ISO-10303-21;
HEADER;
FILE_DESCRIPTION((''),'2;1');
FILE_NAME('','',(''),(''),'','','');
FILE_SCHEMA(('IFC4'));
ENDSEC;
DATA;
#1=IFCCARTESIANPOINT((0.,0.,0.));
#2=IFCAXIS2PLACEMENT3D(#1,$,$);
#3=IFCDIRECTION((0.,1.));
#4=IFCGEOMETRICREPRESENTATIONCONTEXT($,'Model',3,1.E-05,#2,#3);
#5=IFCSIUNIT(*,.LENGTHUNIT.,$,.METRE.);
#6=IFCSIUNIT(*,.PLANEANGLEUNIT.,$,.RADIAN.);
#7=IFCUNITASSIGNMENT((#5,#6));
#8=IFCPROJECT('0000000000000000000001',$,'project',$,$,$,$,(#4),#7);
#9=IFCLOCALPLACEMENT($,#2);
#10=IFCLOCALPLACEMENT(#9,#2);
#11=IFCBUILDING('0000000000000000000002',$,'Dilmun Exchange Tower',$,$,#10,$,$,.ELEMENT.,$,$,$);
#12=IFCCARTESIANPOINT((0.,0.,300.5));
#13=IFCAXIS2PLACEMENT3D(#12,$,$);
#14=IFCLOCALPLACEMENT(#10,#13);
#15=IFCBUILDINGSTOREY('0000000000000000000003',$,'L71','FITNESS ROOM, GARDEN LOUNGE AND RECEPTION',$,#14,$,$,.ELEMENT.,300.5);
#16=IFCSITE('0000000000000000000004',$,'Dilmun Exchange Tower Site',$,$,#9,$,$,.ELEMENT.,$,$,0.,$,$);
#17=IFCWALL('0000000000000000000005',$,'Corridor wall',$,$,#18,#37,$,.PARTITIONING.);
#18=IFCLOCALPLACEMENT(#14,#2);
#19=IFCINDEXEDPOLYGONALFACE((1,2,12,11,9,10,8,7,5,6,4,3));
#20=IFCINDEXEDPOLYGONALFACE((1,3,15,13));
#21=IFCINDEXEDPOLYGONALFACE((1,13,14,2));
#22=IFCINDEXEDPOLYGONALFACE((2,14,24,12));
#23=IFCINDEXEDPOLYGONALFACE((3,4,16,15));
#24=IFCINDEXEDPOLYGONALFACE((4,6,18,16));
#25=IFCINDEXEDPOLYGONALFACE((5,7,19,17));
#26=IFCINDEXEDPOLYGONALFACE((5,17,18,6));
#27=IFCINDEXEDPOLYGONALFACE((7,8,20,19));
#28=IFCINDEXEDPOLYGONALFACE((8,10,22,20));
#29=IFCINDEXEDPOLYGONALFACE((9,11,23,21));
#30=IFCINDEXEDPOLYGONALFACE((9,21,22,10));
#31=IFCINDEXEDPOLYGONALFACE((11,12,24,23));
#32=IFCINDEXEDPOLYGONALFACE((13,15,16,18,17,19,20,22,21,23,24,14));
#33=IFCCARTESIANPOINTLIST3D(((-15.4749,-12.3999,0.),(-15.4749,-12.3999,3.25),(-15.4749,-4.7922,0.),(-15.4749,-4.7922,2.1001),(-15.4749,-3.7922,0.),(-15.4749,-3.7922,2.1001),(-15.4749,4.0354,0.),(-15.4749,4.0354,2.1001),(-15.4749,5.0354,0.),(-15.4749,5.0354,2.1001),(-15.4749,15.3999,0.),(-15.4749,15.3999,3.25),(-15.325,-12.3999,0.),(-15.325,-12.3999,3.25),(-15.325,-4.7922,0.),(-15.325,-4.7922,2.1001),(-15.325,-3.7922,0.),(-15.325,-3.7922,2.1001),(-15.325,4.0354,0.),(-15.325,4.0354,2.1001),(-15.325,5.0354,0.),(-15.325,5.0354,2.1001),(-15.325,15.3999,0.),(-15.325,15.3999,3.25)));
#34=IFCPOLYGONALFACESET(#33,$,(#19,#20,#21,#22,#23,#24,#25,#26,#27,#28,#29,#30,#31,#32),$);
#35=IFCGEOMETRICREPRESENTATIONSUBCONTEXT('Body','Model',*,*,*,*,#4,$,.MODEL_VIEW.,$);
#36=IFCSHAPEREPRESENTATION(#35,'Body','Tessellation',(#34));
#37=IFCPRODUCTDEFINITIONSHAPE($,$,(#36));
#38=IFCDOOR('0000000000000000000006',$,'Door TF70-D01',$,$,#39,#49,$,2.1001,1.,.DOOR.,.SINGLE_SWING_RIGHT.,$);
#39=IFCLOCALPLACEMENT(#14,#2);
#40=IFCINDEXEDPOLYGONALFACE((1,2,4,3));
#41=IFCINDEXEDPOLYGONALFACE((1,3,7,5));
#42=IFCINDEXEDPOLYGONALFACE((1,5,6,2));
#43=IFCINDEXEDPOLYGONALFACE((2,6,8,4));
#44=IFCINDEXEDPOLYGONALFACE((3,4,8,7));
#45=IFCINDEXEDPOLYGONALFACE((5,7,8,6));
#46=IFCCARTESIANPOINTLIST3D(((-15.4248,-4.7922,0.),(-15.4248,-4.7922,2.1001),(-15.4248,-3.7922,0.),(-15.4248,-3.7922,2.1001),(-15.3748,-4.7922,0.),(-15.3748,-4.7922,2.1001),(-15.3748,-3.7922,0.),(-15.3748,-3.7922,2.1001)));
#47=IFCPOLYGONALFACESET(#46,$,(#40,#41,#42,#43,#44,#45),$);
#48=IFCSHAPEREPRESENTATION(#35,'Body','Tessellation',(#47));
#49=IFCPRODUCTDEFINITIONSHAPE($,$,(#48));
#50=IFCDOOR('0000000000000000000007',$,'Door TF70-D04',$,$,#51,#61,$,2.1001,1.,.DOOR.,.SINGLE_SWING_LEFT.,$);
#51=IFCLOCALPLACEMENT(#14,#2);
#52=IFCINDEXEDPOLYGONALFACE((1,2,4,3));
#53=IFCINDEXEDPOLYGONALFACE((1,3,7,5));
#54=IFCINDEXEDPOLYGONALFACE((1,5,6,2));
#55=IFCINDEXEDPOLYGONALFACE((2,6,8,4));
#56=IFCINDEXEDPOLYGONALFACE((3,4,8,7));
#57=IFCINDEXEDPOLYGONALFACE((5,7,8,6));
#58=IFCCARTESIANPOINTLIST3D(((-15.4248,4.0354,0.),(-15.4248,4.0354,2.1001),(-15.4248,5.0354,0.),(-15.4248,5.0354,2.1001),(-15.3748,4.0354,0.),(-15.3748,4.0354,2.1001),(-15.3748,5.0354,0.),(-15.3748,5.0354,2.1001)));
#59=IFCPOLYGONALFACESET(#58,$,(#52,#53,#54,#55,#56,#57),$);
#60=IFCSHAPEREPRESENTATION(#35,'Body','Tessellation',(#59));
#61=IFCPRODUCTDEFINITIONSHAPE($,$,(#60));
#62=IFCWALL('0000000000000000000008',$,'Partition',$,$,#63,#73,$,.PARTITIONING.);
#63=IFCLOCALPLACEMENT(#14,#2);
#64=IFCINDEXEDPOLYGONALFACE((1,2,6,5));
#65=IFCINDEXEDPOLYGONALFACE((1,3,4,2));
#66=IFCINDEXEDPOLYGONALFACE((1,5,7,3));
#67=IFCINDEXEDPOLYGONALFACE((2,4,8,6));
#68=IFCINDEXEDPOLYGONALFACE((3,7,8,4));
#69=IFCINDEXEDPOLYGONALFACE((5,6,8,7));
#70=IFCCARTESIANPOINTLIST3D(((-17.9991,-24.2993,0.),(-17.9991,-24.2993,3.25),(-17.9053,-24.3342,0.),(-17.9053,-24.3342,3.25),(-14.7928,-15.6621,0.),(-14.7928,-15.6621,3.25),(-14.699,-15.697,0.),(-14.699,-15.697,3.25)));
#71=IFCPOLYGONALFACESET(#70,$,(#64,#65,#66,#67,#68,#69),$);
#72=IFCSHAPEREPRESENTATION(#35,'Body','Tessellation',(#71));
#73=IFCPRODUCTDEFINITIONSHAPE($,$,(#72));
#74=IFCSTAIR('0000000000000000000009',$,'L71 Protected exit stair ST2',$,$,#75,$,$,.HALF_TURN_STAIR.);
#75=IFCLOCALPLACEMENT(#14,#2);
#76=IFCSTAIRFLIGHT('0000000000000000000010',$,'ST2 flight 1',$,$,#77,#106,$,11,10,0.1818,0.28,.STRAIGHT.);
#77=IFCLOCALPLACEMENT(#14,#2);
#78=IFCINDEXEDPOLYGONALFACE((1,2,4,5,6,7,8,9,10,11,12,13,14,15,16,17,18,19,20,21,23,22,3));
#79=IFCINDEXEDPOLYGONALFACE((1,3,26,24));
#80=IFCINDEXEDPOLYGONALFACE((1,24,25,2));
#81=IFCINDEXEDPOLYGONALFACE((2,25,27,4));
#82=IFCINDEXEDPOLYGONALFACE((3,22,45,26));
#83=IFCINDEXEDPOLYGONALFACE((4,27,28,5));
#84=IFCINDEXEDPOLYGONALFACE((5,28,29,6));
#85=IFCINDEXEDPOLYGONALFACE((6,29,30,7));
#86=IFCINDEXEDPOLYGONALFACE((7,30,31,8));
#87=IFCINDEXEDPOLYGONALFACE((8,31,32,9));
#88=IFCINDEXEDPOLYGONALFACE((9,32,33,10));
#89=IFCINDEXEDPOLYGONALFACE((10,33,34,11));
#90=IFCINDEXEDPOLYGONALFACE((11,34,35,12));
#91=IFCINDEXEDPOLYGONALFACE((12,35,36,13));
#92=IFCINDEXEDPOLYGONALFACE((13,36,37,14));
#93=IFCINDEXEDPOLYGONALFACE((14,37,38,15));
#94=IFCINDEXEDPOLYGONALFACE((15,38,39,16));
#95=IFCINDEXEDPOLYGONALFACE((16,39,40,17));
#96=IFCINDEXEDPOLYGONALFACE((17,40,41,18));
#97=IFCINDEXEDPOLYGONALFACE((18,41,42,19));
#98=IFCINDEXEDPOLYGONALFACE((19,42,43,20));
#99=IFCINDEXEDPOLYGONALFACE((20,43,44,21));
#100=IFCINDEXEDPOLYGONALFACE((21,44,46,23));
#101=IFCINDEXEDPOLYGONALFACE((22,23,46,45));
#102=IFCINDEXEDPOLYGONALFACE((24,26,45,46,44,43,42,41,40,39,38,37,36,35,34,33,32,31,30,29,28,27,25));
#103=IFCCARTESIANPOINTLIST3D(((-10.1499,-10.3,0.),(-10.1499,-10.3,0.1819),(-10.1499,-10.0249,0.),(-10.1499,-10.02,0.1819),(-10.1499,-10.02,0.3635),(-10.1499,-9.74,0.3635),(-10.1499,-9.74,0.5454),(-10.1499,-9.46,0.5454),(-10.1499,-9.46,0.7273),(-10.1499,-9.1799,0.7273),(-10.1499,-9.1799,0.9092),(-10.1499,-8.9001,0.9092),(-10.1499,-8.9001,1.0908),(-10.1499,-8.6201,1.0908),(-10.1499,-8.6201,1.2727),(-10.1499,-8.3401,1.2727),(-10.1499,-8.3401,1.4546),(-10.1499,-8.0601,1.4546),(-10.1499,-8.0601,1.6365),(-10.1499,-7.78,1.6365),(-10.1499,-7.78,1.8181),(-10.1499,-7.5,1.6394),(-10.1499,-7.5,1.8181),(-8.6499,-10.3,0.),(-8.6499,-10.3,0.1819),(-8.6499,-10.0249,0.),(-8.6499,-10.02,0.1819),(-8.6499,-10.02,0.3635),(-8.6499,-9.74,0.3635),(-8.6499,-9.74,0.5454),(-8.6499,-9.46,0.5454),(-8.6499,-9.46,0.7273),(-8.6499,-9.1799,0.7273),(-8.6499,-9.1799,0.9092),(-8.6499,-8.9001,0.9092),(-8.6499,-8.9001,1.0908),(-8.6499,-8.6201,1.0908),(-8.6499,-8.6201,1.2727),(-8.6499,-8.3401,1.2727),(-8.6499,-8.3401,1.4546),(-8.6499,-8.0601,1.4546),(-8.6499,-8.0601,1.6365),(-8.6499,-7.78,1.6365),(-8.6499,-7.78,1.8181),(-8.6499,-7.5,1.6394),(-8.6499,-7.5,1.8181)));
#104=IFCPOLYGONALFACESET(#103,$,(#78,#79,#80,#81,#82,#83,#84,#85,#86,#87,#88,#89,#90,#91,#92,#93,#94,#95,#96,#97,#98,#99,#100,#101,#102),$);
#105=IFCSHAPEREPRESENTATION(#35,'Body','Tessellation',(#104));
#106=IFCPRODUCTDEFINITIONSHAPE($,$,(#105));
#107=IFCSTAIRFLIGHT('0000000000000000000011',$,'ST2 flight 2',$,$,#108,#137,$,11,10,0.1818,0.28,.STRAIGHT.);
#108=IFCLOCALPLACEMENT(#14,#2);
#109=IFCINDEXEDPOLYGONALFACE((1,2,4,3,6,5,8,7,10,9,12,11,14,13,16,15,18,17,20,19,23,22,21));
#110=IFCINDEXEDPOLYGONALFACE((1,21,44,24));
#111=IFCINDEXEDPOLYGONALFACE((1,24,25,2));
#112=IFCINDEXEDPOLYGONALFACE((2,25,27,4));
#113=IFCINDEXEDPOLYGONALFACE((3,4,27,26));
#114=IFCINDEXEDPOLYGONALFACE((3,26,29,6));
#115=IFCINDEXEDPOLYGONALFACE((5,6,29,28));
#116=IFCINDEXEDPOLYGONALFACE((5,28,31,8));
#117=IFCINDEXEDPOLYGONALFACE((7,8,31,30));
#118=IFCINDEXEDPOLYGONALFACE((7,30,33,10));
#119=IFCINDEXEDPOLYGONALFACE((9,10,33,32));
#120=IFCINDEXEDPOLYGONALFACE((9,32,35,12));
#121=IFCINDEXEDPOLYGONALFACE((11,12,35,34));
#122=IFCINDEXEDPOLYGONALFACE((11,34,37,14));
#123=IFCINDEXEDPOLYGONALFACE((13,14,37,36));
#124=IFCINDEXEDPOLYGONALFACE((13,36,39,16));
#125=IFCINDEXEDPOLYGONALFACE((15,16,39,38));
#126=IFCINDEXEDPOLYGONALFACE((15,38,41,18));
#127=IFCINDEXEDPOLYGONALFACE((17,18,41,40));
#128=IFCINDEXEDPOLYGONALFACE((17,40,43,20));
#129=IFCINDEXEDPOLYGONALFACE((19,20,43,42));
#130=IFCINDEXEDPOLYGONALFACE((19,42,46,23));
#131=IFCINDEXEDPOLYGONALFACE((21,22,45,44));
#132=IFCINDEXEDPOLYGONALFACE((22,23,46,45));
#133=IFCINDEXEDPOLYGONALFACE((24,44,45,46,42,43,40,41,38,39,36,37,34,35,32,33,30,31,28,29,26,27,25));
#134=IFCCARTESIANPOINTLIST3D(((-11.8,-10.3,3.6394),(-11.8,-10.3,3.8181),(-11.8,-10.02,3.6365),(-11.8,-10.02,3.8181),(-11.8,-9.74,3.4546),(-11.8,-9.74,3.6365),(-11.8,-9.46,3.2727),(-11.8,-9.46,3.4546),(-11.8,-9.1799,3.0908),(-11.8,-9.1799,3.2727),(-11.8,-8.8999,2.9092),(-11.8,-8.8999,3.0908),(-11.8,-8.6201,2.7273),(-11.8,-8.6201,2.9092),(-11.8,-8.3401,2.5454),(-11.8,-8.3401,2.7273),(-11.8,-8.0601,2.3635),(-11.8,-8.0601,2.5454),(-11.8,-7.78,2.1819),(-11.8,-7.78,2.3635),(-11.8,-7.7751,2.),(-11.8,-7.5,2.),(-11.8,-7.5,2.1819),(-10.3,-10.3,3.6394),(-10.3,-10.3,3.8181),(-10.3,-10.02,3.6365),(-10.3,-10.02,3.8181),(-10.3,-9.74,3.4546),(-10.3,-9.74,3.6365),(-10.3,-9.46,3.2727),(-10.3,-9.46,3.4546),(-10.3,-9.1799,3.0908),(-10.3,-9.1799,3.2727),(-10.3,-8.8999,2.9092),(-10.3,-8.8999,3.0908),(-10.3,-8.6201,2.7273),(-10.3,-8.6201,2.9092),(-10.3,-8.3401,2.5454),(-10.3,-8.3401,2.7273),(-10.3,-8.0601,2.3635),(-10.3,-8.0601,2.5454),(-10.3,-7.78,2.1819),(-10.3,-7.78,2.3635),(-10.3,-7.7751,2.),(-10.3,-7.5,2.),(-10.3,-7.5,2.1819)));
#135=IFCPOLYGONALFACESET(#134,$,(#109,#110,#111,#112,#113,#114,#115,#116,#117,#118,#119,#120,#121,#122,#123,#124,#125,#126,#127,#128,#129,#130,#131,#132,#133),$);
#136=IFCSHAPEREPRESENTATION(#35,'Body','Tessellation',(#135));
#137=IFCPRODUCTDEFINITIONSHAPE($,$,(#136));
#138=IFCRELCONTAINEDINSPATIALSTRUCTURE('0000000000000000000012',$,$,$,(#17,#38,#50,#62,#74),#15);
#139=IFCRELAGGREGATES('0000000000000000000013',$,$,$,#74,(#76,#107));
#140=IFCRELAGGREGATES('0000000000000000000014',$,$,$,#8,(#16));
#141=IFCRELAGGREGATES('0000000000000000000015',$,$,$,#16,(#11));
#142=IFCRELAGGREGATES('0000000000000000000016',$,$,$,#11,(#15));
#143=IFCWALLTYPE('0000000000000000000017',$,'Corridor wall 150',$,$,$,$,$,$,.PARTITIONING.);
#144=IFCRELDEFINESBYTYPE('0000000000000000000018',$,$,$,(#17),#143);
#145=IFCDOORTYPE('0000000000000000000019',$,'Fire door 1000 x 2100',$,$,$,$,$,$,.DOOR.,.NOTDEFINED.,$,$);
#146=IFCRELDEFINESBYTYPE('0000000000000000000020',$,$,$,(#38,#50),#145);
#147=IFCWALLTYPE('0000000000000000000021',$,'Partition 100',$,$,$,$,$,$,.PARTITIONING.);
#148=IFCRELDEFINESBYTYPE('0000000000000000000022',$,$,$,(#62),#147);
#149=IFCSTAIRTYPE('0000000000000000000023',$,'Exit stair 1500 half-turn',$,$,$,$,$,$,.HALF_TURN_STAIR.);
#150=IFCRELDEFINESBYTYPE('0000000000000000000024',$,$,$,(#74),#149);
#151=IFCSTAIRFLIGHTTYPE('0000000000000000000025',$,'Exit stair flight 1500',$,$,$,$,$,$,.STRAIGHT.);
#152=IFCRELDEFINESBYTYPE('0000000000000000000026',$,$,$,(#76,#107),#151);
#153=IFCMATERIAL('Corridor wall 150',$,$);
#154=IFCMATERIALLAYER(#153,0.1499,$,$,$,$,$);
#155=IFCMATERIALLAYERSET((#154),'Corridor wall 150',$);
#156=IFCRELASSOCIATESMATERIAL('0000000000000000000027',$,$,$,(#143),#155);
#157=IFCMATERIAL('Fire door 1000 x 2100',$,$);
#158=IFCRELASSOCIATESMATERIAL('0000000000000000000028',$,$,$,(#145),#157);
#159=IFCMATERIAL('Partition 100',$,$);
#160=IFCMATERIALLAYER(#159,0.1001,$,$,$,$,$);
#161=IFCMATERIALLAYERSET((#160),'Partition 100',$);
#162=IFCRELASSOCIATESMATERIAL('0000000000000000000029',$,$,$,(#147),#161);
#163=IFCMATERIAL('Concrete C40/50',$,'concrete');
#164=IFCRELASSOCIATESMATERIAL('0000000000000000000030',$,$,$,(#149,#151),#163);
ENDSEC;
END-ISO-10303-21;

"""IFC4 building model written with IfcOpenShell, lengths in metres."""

from ifc_helpers import new_model, si_unit, direction, frame, frame_2d, origin, place, context, subcontext, project, spatial, polyline, rectangle, outline, extrude, material, layer, layer_set, type_object, element, fill, aggregate, save


model = new_model("IFC4")

# Units and contexts
model_context = context("Model", 3, precision=1e-05, world=origin(), true_north=direction((0.0, 1.0)))
body_context = subcontext(model_context, "Body", "Model", "MODEL_VIEW")
ifc_project = project(units=[si_unit("LENGTHUNIT", "METRE"), si_unit("PLANEANGLEUNIT", "RADIAN")], contexts=[model_context])

# Site, building, storey
site_placement = place(None, origin())
site = spatial("IfcSite", under=ifc_project, at=site_placement, Name="Dilmun Exchange Tower Site", CompositionType="ELEMENT", RefElevation=0.0)
building_placement = place(site_placement, origin())
building = spatial("IfcBuilding", under=site, at=building_placement, Name="Dilmun Exchange Tower", CompositionType="ELEMENT")
storey_placement = place(building_placement, frame((0.0, 0.0, 300.5)))
storey = spatial("IfcBuildingStorey", under=building, at=storey_placement, Name="L71", Description="FITNESS ROOM, GARDEN LOUNGE AND RECEPTION", CompositionType="ELEMENT", Elevation=300.5)

# Shared definitions
ifc_material_1 = material(Name="Concrete C40/50", Category="concrete")

# Shared definitions
ifc_material_2 = material(Name="Corridor wall 150")
ifc_layer_1 = layer(ifc_material_2, 0.1499)
ifc_layer_set_1 = layer_set([ifc_layer_1], Name="Corridor wall 150")
wall_type_1 = type_object("IfcWallType", Name="Corridor wall 150", PredefinedType="PARTITIONING", material=ifc_layer_set_1)
ifc_material_3 = material(Name="Fire door 1000 x 2100")
door_type_1 = type_object("IfcDoorType", Name="Fire door 1000 x 2100", OperationType="NOTDEFINED", PredefinedType="DOOR", material=ifc_material_3)

# Wall, openings, doors
wall_1_placement = place(storey_placement, frame((-15.3999, -12.3999, 0.0), z_axis=(0.0, 0.0, 1.0), x_axis=(0.0, 1.0, 0.0)))
wall_1 = element("IfcWall", 1, at=wall_1_placement, inside=storey, type_object=wall_type_1, Name="Corridor wall", PredefinedType="PARTITIONING", context=body_context, shape_type="SweptSolid", body=[
    extrude(rectangle(XDim=27.7998, YDim=0.1499, at=frame_2d((13.8999, 0.0))), origin(), (0.0, 0.0, 1.0), 3.25),
])
opening_1_placement = place(wall_1_placement, frame((7.6077, 0.0, 0.0)))
opening_1 = element("IfcOpeningElement", 2, at=opening_1_placement, cuts=wall_1, PredefinedType="OPENING", context=body_context, shape_type="SweptSolid", body=[
    extrude(rectangle(XDim=1.0, YDim=2.1001, at=frame_2d((0.5, 1.05))), frame((0.0, 0.085, 0.0), z_axis=(0.0, -1.0, 0.0), x_axis=(1.0, 0.0, 0.0)), (0.0, 0.0, 1.0), 0.1699),
])
opening_2_placement = place(wall_1_placement, frame((16.4353, 0.0, 0.0)))
opening_2 = element("IfcOpeningElement", 3, at=opening_2_placement, cuts=wall_1, PredefinedType="OPENING", context=body_context, shape_type="SweptSolid", body=[
    extrude(rectangle(XDim=1.0, YDim=2.1001, at=frame_2d((0.5, 1.05))), frame((0.0, 0.085, 0.0), z_axis=(0.0, -1.0, 0.0), x_axis=(1.0, 0.0, 0.0)), (0.0, 0.0, 1.0), 0.1699),
])
door_1_placement = place(opening_1_placement, origin())
door_1 = element("IfcDoor", 4, at=door_1_placement, inside=storey, type_object=door_type_1, Name="Door TF70-D01", OperationType="SINGLE_SWING_RIGHT", OverallHeight=2.1001, OverallWidth=1.0, PredefinedType="DOOR", context=body_context, shape_type="SweptSolid", body=[
    extrude(rectangle(XDim=1.0, YDim=2.1001, at=frame_2d((0.5, 1.05))), frame((0.0, 0.0249, 0.0), z_axis=(0.0, -1.0, 0.0), x_axis=(1.0, 0.0, 0.0)), (0.0, 0.0, 1.0), 0.05),
])
fill(opening_1, door_1)
door_2_placement = place(opening_2_placement, origin())
door_2 = element("IfcDoor", 5, at=door_2_placement, inside=storey, type_object=door_type_1, Name="Door TF70-D04", OperationType="SINGLE_SWING_LEFT", OverallHeight=2.1001, OverallWidth=1.0, PredefinedType="DOOR", context=body_context, shape_type="SweptSolid", body=[
    extrude(rectangle(XDim=1.0, YDim=2.1001, at=frame_2d((0.5, 1.05))), frame((0.0, 0.0249, 0.0), z_axis=(0.0, -1.0, 0.0), x_axis=(1.0, 0.0, 0.0)), (0.0, 0.0, 1.0), 0.05),
])
fill(opening_2, door_2)

# Wall
ifc_material_4 = material(Name="Partition 100")
ifc_layer_2 = layer(ifc_material_4, 0.1001)
ifc_layer_set_2 = layer_set([ifc_layer_2], Name="Partition 100")
wall_type_2 = type_object("IfcWallType", Name="Partition 100", PredefinedType="PARTITIONING", material=ifc_layer_set_2)
wall_2_placement = place(storey_placement, frame((-17.9521, -24.3167, 0.0), z_axis=(0.0, 0.0, 1.0), x_axis=(0.348014, 0.937489, 0.0)))
element("IfcWall", 6, at=wall_2_placement, inside=storey, type_object=wall_type_2, Name="Partition", PredefinedType="PARTITIONING", context=body_context, shape_type="SweptSolid", body=[
    extrude(rectangle(XDim=9.2131, YDim=0.1001, at=frame_2d((4.6064, 0.0))), origin(), (0.0, 0.0, 1.0), 3.25),
])

# Stair, stair flights
stair_type = type_object("IfcStairType", Name="Exit stair 1500 half-turn", PredefinedType="HALF_TURN_STAIR", material=ifc_material_1)
stair_placement = place(storey_placement, origin())
stair = element("IfcStair", 7, at=stair_placement, inside=storey, type_object=stair_type, Name="L71 Protected exit stair ST2", PredefinedType="HALF_TURN_STAIR")
stair_flight_type = type_object("IfcStairFlightType", Name="Exit stair flight 1500", PredefinedType="STRAIGHT", material=ifc_material_1)
stair_flight_1_placement = place(storey_placement, frame((-9.3999, -10.3, 0.0), z_axis=(0.0, 0.0, 1.0), x_axis=(0.0, 1.0, 0.0)))
stair_flight_1 = element("IfcStairFlight", 8, at=stair_flight_1_placement, type_object=stair_flight_type, Name="ST2 flight 1", NumberOfRisers=11, NumberOfTreads=10, PredefinedType="STRAIGHT", RiserHeight=0.1818, TreadLength=0.28, context=body_context, shape_type="SweptSolid", body=[
    extrude(outline(polyline([(0.0, 0.0), (0.0, 0.1819), (0.28, 0.1819), (0.28, 0.3635), (0.5601, 0.3635), (0.5601, 0.5454), (0.8401, 0.5454), (0.8401, 0.7273), (1.1201, 0.7273), (1.1201, 0.9092), (1.3999, 0.9092), (1.3999, 1.0908), (1.6799, 1.0908), (1.6799, 1.2727), (1.96, 1.2727), (1.96, 1.4546), (2.24, 1.4546), (2.24, 1.6365), (2.52, 1.6365), (2.52, 1.8181), (2.8, 1.8181), (2.8, 2.0), (2.8, 1.6394), (0.2751, 0.0), (0.0, 0.0)])), frame((0.0, 0.75, 0.0), z_axis=(0.0, -1.0, 0.0), x_axis=(1.0, 0.0, 0.0)), (0.0, 0.0, 1.0), 1.5),
])
stair_flight_2_placement = place(storey_placement, frame((-11.05, -7.5, 2.0), z_axis=(0.0, 0.0, 1.0), x_axis=(0.0, -1.0, 0.0)))
stair_flight_2 = element("IfcStairFlight", 9, at=stair_flight_2_placement, type_object=stair_flight_type, Name="ST2 flight 2", NumberOfRisers=11, NumberOfTreads=10, PredefinedType="STRAIGHT", RiserHeight=0.1818, TreadLength=0.28, context=body_context, shape_type="SweptSolid", body=[
    extrude(outline(polyline([(0.0, 0.0), (0.0, 0.1819), (0.28, 0.1819), (0.28, 0.3635), (0.5601, 0.3635), (0.5601, 0.5454), (0.8401, 0.5454), (0.8401, 0.7273), (1.1201, 0.7273), (1.1201, 0.9092), (1.3999, 0.9092), (1.3999, 1.0908), (1.6799, 1.0908), (1.6799, 1.2727), (1.96, 1.2727), (1.96, 1.4546), (2.24, 1.4546), (2.24, 1.6365), (2.52, 1.6365), (2.52, 1.8181), (2.8, 1.8181), (2.8, 2.0), (2.8, 1.6394), (0.2751, 0.0), (0.0, 0.0)])), frame((0.0, 0.75, 0.0), z_axis=(0.0, -1.0, 0.0), x_axis=(1.0, 0.0, 0.0)), (0.0, 0.0, 1.0), 1.5),
])
aggregate(stair, [stair_flight_1, stair_flight_2])

save(model, "model.ifc")
